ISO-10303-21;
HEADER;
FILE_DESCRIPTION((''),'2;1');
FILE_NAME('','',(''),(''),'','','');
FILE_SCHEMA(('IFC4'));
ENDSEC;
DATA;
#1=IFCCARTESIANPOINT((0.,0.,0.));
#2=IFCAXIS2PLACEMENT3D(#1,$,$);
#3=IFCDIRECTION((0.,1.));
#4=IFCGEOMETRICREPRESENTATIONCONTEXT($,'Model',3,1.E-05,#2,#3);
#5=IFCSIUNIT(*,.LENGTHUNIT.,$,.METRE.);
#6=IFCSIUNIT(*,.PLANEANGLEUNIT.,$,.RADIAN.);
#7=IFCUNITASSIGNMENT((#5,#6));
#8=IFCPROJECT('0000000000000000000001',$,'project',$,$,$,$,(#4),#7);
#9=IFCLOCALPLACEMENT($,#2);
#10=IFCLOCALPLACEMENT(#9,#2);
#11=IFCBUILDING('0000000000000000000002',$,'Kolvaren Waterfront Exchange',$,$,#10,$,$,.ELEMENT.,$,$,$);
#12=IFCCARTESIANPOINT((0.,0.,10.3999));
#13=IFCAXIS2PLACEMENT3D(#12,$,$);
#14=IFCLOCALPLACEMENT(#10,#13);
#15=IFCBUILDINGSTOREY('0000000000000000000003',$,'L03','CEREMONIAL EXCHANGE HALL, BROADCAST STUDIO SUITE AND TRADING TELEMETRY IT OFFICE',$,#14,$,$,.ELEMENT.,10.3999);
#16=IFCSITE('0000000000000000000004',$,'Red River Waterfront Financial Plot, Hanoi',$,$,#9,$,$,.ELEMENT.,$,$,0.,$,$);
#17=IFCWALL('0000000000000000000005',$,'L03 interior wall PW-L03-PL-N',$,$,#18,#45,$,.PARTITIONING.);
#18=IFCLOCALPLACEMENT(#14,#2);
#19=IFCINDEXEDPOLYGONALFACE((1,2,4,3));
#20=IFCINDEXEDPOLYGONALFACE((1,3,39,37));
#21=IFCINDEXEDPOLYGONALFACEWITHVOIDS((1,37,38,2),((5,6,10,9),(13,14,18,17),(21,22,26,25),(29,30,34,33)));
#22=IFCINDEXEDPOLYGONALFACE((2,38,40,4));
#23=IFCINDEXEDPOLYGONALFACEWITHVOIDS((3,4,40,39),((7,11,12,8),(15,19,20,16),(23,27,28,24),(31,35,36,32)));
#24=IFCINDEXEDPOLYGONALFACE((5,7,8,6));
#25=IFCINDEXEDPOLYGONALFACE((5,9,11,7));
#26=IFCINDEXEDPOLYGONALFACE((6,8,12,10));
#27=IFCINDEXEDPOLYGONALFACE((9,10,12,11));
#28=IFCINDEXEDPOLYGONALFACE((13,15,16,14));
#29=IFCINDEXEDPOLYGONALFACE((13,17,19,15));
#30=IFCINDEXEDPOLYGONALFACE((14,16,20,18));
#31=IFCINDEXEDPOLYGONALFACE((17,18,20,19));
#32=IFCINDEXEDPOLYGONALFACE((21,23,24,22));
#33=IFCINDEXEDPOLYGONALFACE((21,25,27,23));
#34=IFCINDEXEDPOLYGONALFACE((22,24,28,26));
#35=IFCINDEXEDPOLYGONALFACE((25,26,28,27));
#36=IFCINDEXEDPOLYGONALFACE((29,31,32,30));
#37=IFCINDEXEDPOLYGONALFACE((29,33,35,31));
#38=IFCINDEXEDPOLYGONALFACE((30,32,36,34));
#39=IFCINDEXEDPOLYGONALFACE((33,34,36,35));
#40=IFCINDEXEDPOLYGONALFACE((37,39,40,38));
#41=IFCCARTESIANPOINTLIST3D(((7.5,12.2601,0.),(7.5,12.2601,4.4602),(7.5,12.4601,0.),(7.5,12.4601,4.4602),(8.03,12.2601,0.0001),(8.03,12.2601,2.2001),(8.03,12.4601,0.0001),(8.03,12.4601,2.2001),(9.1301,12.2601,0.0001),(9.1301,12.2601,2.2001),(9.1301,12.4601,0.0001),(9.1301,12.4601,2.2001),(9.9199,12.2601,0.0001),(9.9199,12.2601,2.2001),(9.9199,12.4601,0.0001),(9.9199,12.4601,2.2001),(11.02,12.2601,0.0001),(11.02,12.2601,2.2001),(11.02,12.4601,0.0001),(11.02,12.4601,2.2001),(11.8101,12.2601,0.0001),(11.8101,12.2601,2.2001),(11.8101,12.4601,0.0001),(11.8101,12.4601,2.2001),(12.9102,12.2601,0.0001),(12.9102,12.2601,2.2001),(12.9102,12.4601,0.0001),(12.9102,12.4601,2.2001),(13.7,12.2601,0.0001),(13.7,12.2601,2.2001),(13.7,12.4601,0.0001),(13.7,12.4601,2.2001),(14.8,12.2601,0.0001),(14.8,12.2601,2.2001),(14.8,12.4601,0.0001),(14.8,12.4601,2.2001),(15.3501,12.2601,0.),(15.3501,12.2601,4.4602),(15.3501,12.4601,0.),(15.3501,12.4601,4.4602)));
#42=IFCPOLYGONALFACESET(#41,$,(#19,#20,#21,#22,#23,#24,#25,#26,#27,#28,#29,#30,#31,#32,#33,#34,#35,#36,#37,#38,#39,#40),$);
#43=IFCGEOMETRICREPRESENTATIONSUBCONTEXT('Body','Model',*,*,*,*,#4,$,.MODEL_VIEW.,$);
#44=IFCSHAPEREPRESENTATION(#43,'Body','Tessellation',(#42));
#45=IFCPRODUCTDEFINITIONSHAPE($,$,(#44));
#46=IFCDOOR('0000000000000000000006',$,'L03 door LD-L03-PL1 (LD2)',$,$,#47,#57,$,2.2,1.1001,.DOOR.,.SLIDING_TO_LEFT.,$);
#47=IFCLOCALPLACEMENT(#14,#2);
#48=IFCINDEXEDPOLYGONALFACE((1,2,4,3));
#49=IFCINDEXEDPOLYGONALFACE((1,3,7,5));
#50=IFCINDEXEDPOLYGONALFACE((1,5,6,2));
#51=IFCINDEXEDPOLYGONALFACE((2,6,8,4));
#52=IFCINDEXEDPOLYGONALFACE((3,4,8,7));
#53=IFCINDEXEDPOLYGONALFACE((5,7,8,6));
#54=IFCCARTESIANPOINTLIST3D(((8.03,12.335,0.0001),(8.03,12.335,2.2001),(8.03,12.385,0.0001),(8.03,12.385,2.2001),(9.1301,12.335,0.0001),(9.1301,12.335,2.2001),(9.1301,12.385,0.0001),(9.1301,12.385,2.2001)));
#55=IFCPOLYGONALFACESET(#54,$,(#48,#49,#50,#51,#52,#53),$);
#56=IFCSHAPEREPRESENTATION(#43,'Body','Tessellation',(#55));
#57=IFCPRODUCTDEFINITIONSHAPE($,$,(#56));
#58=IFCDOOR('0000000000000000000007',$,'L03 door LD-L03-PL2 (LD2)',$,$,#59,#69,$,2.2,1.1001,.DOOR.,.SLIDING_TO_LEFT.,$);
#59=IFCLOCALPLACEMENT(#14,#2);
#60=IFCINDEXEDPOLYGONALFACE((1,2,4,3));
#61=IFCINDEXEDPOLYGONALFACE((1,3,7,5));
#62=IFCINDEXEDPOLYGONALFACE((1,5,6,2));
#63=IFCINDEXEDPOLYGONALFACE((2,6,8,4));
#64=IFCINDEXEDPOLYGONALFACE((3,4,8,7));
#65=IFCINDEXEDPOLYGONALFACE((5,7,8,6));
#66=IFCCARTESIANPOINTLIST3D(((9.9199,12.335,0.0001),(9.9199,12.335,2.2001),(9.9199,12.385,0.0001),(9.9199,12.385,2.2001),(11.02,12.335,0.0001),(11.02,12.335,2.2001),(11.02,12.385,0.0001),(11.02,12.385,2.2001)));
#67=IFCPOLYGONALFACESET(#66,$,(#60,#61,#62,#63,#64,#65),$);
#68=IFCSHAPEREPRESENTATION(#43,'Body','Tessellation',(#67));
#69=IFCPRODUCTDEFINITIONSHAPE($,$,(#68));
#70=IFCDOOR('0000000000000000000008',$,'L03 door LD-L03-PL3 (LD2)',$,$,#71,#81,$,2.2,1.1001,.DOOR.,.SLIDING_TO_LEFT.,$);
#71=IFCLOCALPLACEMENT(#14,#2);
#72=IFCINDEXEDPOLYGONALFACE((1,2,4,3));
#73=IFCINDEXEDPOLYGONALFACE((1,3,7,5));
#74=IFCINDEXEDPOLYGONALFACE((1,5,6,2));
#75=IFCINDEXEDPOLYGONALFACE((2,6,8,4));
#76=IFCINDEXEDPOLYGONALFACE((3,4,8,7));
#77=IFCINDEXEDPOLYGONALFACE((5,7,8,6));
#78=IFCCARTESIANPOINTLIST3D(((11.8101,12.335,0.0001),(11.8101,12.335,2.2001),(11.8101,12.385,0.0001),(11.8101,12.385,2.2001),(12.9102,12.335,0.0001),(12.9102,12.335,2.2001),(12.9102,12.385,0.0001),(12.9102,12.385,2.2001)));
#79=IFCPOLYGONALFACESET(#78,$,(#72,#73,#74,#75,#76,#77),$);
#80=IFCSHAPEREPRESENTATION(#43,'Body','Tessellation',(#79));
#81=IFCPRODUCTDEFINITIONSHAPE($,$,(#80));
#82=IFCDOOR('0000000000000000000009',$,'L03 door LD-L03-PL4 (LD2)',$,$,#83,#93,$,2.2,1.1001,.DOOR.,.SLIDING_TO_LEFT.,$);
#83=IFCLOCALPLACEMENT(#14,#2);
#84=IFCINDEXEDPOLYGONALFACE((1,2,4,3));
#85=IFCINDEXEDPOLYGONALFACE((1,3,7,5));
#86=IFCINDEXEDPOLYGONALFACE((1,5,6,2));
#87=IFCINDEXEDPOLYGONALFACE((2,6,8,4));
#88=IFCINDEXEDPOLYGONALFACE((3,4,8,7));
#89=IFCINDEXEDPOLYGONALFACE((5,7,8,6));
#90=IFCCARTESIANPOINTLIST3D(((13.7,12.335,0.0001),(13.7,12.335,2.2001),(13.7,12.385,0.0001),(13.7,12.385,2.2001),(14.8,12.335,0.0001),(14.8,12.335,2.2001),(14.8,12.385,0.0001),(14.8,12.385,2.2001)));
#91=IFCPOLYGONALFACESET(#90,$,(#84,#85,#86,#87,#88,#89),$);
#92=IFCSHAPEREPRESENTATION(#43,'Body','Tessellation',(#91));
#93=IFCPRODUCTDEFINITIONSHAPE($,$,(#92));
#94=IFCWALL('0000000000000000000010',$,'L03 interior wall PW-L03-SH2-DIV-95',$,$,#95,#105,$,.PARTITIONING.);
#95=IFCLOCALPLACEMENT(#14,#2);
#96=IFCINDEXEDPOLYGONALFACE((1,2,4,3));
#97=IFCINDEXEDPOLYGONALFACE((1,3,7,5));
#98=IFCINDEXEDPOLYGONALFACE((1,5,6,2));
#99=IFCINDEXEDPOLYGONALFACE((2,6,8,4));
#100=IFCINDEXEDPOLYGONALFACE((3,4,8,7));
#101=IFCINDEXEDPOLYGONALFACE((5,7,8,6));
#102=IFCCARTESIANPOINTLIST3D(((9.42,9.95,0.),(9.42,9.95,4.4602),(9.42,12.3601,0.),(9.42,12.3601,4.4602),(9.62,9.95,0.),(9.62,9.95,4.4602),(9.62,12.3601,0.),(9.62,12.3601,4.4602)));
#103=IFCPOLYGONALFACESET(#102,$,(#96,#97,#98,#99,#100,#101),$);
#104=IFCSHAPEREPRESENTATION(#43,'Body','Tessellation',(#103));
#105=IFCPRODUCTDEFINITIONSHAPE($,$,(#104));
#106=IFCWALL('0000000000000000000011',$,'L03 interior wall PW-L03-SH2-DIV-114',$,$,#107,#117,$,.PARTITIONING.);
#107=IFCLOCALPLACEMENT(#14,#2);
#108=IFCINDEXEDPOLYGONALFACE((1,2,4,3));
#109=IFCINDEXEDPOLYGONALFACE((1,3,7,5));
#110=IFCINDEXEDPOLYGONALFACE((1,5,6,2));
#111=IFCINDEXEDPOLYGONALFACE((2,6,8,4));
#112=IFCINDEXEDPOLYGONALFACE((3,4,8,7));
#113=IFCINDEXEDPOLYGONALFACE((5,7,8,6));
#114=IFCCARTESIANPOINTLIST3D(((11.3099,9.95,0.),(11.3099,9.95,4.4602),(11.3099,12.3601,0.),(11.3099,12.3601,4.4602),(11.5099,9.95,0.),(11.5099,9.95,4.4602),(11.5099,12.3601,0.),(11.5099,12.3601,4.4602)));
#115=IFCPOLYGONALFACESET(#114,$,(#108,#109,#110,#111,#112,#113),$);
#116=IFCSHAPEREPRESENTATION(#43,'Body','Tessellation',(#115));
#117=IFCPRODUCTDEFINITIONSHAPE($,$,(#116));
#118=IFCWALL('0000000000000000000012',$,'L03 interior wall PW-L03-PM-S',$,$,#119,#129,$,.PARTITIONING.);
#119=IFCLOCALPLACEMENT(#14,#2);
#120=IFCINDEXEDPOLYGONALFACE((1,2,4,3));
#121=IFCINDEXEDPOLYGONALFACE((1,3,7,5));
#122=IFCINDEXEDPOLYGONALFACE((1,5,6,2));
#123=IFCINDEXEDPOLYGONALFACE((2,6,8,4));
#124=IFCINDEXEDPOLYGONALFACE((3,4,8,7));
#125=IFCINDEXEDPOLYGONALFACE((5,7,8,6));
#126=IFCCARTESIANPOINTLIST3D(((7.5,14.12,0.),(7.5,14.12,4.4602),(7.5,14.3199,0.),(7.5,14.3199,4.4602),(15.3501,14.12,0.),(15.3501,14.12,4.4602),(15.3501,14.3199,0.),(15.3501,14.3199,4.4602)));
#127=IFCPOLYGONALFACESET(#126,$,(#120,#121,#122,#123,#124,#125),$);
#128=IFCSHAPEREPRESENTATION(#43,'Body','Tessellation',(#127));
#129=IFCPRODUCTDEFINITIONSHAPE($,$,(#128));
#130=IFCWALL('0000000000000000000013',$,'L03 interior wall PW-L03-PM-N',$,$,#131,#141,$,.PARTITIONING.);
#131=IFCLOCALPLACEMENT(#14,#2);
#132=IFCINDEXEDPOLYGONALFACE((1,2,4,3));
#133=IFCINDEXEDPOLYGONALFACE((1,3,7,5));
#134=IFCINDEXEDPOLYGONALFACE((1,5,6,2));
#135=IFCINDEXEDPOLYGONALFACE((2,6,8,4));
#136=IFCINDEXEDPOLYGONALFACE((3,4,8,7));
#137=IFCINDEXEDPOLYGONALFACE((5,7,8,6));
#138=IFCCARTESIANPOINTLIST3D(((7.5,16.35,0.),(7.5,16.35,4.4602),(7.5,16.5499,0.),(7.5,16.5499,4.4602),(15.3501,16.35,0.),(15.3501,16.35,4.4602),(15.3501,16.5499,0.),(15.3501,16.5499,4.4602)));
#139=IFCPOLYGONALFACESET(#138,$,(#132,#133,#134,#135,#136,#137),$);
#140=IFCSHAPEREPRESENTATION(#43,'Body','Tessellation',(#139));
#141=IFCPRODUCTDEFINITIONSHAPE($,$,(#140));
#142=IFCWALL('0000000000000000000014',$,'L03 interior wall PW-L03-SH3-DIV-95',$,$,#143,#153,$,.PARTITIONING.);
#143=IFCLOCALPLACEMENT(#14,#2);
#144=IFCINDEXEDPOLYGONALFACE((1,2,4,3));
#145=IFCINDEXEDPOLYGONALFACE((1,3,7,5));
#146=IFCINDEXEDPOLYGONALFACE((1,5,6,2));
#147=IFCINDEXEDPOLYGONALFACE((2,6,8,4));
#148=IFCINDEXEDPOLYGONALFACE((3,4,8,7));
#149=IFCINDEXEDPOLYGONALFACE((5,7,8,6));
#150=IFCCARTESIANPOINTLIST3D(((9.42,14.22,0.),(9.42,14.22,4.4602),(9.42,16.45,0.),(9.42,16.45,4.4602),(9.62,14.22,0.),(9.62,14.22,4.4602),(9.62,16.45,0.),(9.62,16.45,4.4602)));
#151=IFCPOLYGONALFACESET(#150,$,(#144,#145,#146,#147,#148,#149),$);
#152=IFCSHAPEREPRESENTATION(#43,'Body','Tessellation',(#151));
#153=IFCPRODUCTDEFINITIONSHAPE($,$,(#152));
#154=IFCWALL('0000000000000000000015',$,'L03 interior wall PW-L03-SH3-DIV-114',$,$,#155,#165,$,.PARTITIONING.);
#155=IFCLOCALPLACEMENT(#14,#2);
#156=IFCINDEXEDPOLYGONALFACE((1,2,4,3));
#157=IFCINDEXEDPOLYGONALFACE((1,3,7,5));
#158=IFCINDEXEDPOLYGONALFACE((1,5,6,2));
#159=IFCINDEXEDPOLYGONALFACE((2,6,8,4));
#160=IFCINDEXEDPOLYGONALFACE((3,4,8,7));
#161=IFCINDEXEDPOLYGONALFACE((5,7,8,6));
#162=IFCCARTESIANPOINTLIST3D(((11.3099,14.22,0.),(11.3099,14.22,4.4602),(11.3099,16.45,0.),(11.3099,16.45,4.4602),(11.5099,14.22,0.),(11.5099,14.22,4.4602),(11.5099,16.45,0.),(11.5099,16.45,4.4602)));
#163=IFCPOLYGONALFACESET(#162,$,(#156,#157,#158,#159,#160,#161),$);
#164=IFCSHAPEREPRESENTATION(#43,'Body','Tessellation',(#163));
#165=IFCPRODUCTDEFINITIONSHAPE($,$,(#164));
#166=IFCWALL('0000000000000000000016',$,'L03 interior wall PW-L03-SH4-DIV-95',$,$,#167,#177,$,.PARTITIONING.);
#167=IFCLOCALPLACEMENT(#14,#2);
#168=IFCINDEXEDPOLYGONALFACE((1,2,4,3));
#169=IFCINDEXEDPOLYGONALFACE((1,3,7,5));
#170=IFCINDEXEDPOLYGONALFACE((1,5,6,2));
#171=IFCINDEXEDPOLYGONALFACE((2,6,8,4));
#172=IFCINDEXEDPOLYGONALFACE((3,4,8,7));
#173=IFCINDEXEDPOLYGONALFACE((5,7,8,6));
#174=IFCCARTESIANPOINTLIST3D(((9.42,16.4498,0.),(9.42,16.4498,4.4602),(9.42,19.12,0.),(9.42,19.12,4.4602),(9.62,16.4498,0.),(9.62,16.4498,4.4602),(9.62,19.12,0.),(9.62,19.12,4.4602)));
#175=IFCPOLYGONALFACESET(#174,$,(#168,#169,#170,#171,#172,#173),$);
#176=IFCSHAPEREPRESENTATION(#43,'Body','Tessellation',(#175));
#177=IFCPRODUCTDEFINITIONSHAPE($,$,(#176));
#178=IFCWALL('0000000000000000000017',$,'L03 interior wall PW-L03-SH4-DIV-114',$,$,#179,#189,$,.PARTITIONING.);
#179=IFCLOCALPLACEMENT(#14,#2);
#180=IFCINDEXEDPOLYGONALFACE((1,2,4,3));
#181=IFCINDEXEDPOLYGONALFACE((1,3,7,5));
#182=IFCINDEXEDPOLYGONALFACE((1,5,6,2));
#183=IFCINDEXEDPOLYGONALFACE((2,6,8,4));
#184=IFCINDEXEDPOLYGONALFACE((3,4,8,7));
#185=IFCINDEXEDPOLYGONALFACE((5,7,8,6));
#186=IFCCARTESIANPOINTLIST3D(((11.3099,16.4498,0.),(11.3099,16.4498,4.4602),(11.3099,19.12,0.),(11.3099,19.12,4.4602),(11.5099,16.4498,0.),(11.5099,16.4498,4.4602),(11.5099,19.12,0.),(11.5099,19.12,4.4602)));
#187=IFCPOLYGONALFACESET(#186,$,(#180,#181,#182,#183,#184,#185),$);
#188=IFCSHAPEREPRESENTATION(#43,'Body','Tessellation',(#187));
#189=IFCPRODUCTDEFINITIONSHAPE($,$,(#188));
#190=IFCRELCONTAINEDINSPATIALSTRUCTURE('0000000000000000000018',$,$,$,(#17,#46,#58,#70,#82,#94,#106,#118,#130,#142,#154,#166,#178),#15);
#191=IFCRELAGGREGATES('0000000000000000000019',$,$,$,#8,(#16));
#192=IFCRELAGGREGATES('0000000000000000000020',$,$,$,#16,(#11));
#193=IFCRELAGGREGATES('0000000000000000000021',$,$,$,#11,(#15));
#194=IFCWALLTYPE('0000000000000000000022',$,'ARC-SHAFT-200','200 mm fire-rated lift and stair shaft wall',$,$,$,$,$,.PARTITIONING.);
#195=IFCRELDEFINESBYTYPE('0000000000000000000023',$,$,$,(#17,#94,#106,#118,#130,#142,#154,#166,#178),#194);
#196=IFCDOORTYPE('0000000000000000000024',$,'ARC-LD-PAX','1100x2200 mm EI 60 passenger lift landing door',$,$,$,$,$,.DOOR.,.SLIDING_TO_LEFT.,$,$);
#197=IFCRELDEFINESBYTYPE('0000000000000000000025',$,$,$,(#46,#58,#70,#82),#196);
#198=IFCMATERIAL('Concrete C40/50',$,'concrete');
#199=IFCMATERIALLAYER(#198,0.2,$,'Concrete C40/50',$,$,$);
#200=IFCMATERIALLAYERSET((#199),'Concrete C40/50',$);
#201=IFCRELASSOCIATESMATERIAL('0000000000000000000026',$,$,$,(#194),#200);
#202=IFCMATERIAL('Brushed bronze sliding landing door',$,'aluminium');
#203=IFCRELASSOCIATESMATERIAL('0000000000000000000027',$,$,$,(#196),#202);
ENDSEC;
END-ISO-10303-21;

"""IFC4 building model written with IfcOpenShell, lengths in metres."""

from ifc_helpers import new_model, si_unit, direction, frame, frame_2d, origin, place, context, subcontext, project, spatial, rectangle, extrude, material, layer, layer_set, type_object, element, fill, save


model = new_model("IFC4")

# Units and contexts
model_context = context("Model", 3, precision=1e-05, world=origin(), true_north=direction((0.0, 1.0)))
body_context = subcontext(model_context, "Body", "Model", "MODEL_VIEW")
ifc_project = project(units=[si_unit("LENGTHUNIT", "METRE"), si_unit("PLANEANGLEUNIT", "RADIAN")], contexts=[model_context])

# Site, building, storey
site_placement = place(None, origin())
site = spatial("IfcSite", under=ifc_project, at=site_placement, Name="Red River Waterfront Financial Plot, Hanoi", CompositionType="ELEMENT", RefElevation=0.0)
building_placement = place(site_placement, origin())
building = spatial("IfcBuilding", under=site, at=building_placement, Name="Kolvaren Waterfront Exchange", CompositionType="ELEMENT")
storey_placement = place(building_placement, frame((0.0, 0.0, 10.3999)))
storey = spatial("IfcBuildingStorey", under=building, at=storey_placement, Name="L03", Description="CEREMONIAL EXCHANGE HALL, BROADCAST STUDIO SUITE AND TRADING TELEMETRY IT OFFICE", CompositionType="ELEMENT", Elevation=10.3999)

# Wall, openings, doors
ifc_material_1 = material(Name="Concrete C40/50", Category="concrete")
ifc_layer_1 = layer(ifc_material_1, 0.2, Name="Concrete C40/50")
ifc_layer_set_1 = layer_set([ifc_layer_1], Name="Concrete C40/50")
wall_type_1 = type_object("IfcWallType", Name="ARC-SHAFT-200", Description="200 mm fire-rated lift and stair shaft wall", PredefinedType="PARTITIONING", material=ifc_layer_set_1)
wall_1_placement = place(storey_placement, frame((7.5, 12.3601, 0.0), z_axis=(0.0, 0.0, 1.0), x_axis=(1.0, 0.0, 0.0)))
wall_1 = element("IfcWall", 1, at=wall_1_placement, inside=storey, type_object=wall_type_1, Name="L03 interior wall PW-L03-PL-N", PredefinedType="PARTITIONING", context=body_context, shape_type="SweptSolid", body=[
    extrude(rectangle(XDim=7.8501, YDim=0.2, at=frame_2d((3.925, 0.0))), origin(), (0.0, 0.0, 1.0), 4.4602),
])
opening_1_placement = place(wall_1_placement, frame((0.53, 0.0, 0.0)))
opening_1 = element("IfcOpeningElement", 2, at=opening_1_placement, cuts=wall_1, PredefinedType="OPENING", context=body_context, shape_type="SweptSolid", body=[
    extrude(rectangle(XDim=1.1001, YDim=2.2, at=frame_2d((0.55, 1.1001))), frame((0.0, 0.1099, 0.0), z_axis=(0.0, -1.0, 0.0), x_axis=(1.0, 0.0, 0.0)), (0.0, 0.0, 1.0), 0.22),
])
opening_2_placement = place(wall_1_placement, frame((2.4199, 0.0, 0.0)))
opening_2 = element("IfcOpeningElement", 3, at=opening_2_placement, cuts=wall_1, PredefinedType="OPENING", context=body_context, shape_type="SweptSolid", body=[
    extrude(rectangle(XDim=1.1001, YDim=2.2, at=frame_2d((0.55, 1.1001))), frame((0.0, 0.1099, 0.0), z_axis=(0.0, -1.0, 0.0), x_axis=(1.0, 0.0, 0.0)), (0.0, 0.0, 1.0), 0.22),
])
opening_3_placement = place(wall_1_placement, frame((4.3101, 0.0, 0.0)))
opening_3 = element("IfcOpeningElement", 4, at=opening_3_placement, cuts=wall_1, PredefinedType="OPENING", context=body_context, shape_type="SweptSolid", body=[
    extrude(rectangle(XDim=1.1001, YDim=2.2, at=frame_2d((0.55, 1.1001))), frame((0.0, 0.1099, 0.0), z_axis=(0.0, -1.0, 0.0), x_axis=(1.0, 0.0, 0.0)), (0.0, 0.0, 1.0), 0.22),
])
opening_4_placement = place(wall_1_placement, frame((6.2, 0.0, 0.0)))
opening_4 = element("IfcOpeningElement", 5, at=opening_4_placement, cuts=wall_1, PredefinedType="OPENING", context=body_context, shape_type="SweptSolid", body=[
    extrude(rectangle(XDim=1.1001, YDim=2.2, at=frame_2d((0.55, 1.1001))), frame((0.0, 0.1099, 0.0), z_axis=(0.0, -1.0, 0.0), x_axis=(1.0, 0.0, 0.0)), (0.0, 0.0, 1.0), 0.22),
])
ifc_material_2 = material(Name="Brushed bronze sliding landing door", Category="aluminium")
door_type_1 = type_object("IfcDoorType", Name="ARC-LD-PAX", Description="1100x2200 mm EI 60 passenger lift landing door", OperationType="SLIDING_TO_LEFT", PredefinedType="DOOR", material=ifc_material_2)
door_1_placement = place(opening_1_placement, origin())
door_1 = element("IfcDoor", 6, at=door_1_placement, inside=storey, type_object=door_type_1, Name="L03 door LD-L03-PL1 (LD2)", OperationType="SLIDING_TO_LEFT", OverallHeight=2.2, OverallWidth=1.1001, PredefinedType="DOOR", context=body_context, shape_type="SweptSolid", body=[
    extrude(rectangle(XDim=1.1001, YDim=2.2, at=frame_2d((0.55, 1.1001))), frame((0.0, 0.0249, 0.0), z_axis=(0.0, -1.0, 0.0), x_axis=(1.0, 0.0, 0.0)), (0.0, 0.0, 1.0), 0.05),
])
fill(opening_1, door_1)
door_2_placement = place(opening_2_placement, origin())
door_2 = element("IfcDoor", 7, at=door_2_placement, inside=storey, type_object=door_type_1, Name="L03 door LD-L03-PL2 (LD2)", OperationType="SLIDING_TO_LEFT", OverallHeight=2.2, OverallWidth=1.1001, PredefinedType="DOOR", context=body_context, shape_type="SweptSolid", body=[
    extrude(rectangle(XDim=1.1001, YDim=2.2, at=frame_2d((0.55, 1.1001))), frame((0.0, 0.0249, 0.0), z_axis=(0.0, -1.0, 0.0), x_axis=(1.0, 0.0, 0.0)), (0.0, 0.0, 1.0), 0.05),
])
fill(opening_2, door_2)
door_3_placement = place(opening_3_placement, origin())
door_3 = element("IfcDoor", 8, at=door_3_placement, inside=storey, type_object=door_type_1, Name="L03 door LD-L03-PL3 (LD2)", OperationType="SLIDING_TO_LEFT", OverallHeight=2.2, OverallWidth=1.1001, PredefinedType="DOOR", context=body_context, shape_type="SweptSolid", body=[
    extrude(rectangle(XDim=1.1001, YDim=2.2, at=frame_2d((0.55, 1.1001))), frame((0.0, 0.0249, 0.0), z_axis=(0.0, -1.0, 0.0), x_axis=(1.0, 0.0, 0.0)), (0.0, 0.0, 1.0), 0.05),
])
fill(opening_3, door_3)
door_4_placement = place(opening_4_placement, origin())
door_4 = element("IfcDoor", 9, at=door_4_placement, inside=storey, type_object=door_type_1, Name="L03 door LD-L03-PL4 (LD2)", OperationType="SLIDING_TO_LEFT", OverallHeight=2.2, OverallWidth=1.1001, PredefinedType="DOOR", context=body_context, shape_type="SweptSolid", body=[
    extrude(rectangle(XDim=1.1001, YDim=2.2, at=frame_2d((0.55, 1.1001))), frame((0.0, 0.0249, 0.0), z_axis=(0.0, -1.0, 0.0), x_axis=(1.0, 0.0, 0.0)), (0.0, 0.0, 1.0), 0.05),
])
fill(opening_4, door_4)

# Walls
for number, where, z_axis, x_axis, name in (
    (10, (9.52, 9.95, 0.0), (0.0, 0.0, 1.0), (0.0, 1.0, 0.0), "L03 interior wall PW-L03-SH2-DIV-95"),
    (11, (11.4099, 9.95, 0.0), (0.0, 0.0, 1.0), (0.0, 1.0, 0.0), "L03 interior wall PW-L03-SH2-DIV-114"),
):
    element("IfcWall", number, at=place(storey_placement, frame(where, z_axis=z_axis, x_axis=x_axis)), inside=storey, type_object=wall_type_1, Name=name, PredefinedType="PARTITIONING", context=body_context, shape_type="SweptSolid", body=[
        extrude(rectangle(XDim=2.4102, YDim=0.2, at=frame_2d((1.2051, 0.0))), origin(), (0.0, 0.0, 1.0), 4.4602),
    ])
for number, where, z_axis, x_axis, name in (
    (12, (7.5, 14.22, 0.0), (0.0, 0.0, 1.0), (1.0, 0.0, 0.0), "L03 interior wall PW-L03-PM-S"),
    (13, (7.5, 16.45, 0.0), (0.0, 0.0, 1.0), (1.0, 0.0, 0.0), "L03 interior wall PW-L03-PM-N"),
):
    element("IfcWall", number, at=place(storey_placement, frame(where, z_axis=z_axis, x_axis=x_axis)), inside=storey, type_object=wall_type_1, Name=name, PredefinedType="PARTITIONING", context=body_context, shape_type="SweptSolid", body=[
        extrude(rectangle(XDim=7.8501, YDim=0.2, at=frame_2d((3.925, 0.0))), origin(), (0.0, 0.0, 1.0), 4.4602),
    ])
for number, where, z_axis, x_axis, name in (
    (14, (9.52, 14.22, 0.0), (0.0, 0.0, 1.0), (0.0, 1.0, 0.0), "L03 interior wall PW-L03-SH3-DIV-95"),
    (15, (11.4099, 14.22, 0.0), (0.0, 0.0, 1.0), (0.0, 1.0, 0.0), "L03 interior wall PW-L03-SH3-DIV-114"),
):
    element("IfcWall", number, at=place(storey_placement, frame(where, z_axis=z_axis, x_axis=x_axis)), inside=storey, type_object=wall_type_1, Name=name, PredefinedType="PARTITIONING", context=body_context, shape_type="SweptSolid", body=[
        extrude(rectangle(XDim=2.23, YDim=0.2, at=frame_2d((1.115, 0.0))), origin(), (0.0, 0.0, 1.0), 4.4602),
    ])
for number, where, z_axis, x_axis, name in (
    (16, (9.52, 16.45, 0.0), (0.0, 0.0, 1.0), (0.0, 1.0, 0.0), "L03 interior wall PW-L03-SH4-DIV-95"),
    (17, (11.4099, 16.45, 0.0), (0.0, 0.0, 1.0), (0.0, 1.0, 0.0), "L03 interior wall PW-L03-SH4-DIV-114"),
):
    element("IfcWall", number, at=place(storey_placement, frame(where, z_axis=z_axis, x_axis=x_axis)), inside=storey, type_object=wall_type_1, Name=name, PredefinedType="PARTITIONING", context=body_context, shape_type="SweptSolid", body=[
        extrude(rectangle(XDim=2.6702, YDim=0.2, at=frame_2d((1.335, 0.0))), origin(), (0.0, 0.0, 1.0), 4.4602),
    ])

save(model, "model.ifc")
